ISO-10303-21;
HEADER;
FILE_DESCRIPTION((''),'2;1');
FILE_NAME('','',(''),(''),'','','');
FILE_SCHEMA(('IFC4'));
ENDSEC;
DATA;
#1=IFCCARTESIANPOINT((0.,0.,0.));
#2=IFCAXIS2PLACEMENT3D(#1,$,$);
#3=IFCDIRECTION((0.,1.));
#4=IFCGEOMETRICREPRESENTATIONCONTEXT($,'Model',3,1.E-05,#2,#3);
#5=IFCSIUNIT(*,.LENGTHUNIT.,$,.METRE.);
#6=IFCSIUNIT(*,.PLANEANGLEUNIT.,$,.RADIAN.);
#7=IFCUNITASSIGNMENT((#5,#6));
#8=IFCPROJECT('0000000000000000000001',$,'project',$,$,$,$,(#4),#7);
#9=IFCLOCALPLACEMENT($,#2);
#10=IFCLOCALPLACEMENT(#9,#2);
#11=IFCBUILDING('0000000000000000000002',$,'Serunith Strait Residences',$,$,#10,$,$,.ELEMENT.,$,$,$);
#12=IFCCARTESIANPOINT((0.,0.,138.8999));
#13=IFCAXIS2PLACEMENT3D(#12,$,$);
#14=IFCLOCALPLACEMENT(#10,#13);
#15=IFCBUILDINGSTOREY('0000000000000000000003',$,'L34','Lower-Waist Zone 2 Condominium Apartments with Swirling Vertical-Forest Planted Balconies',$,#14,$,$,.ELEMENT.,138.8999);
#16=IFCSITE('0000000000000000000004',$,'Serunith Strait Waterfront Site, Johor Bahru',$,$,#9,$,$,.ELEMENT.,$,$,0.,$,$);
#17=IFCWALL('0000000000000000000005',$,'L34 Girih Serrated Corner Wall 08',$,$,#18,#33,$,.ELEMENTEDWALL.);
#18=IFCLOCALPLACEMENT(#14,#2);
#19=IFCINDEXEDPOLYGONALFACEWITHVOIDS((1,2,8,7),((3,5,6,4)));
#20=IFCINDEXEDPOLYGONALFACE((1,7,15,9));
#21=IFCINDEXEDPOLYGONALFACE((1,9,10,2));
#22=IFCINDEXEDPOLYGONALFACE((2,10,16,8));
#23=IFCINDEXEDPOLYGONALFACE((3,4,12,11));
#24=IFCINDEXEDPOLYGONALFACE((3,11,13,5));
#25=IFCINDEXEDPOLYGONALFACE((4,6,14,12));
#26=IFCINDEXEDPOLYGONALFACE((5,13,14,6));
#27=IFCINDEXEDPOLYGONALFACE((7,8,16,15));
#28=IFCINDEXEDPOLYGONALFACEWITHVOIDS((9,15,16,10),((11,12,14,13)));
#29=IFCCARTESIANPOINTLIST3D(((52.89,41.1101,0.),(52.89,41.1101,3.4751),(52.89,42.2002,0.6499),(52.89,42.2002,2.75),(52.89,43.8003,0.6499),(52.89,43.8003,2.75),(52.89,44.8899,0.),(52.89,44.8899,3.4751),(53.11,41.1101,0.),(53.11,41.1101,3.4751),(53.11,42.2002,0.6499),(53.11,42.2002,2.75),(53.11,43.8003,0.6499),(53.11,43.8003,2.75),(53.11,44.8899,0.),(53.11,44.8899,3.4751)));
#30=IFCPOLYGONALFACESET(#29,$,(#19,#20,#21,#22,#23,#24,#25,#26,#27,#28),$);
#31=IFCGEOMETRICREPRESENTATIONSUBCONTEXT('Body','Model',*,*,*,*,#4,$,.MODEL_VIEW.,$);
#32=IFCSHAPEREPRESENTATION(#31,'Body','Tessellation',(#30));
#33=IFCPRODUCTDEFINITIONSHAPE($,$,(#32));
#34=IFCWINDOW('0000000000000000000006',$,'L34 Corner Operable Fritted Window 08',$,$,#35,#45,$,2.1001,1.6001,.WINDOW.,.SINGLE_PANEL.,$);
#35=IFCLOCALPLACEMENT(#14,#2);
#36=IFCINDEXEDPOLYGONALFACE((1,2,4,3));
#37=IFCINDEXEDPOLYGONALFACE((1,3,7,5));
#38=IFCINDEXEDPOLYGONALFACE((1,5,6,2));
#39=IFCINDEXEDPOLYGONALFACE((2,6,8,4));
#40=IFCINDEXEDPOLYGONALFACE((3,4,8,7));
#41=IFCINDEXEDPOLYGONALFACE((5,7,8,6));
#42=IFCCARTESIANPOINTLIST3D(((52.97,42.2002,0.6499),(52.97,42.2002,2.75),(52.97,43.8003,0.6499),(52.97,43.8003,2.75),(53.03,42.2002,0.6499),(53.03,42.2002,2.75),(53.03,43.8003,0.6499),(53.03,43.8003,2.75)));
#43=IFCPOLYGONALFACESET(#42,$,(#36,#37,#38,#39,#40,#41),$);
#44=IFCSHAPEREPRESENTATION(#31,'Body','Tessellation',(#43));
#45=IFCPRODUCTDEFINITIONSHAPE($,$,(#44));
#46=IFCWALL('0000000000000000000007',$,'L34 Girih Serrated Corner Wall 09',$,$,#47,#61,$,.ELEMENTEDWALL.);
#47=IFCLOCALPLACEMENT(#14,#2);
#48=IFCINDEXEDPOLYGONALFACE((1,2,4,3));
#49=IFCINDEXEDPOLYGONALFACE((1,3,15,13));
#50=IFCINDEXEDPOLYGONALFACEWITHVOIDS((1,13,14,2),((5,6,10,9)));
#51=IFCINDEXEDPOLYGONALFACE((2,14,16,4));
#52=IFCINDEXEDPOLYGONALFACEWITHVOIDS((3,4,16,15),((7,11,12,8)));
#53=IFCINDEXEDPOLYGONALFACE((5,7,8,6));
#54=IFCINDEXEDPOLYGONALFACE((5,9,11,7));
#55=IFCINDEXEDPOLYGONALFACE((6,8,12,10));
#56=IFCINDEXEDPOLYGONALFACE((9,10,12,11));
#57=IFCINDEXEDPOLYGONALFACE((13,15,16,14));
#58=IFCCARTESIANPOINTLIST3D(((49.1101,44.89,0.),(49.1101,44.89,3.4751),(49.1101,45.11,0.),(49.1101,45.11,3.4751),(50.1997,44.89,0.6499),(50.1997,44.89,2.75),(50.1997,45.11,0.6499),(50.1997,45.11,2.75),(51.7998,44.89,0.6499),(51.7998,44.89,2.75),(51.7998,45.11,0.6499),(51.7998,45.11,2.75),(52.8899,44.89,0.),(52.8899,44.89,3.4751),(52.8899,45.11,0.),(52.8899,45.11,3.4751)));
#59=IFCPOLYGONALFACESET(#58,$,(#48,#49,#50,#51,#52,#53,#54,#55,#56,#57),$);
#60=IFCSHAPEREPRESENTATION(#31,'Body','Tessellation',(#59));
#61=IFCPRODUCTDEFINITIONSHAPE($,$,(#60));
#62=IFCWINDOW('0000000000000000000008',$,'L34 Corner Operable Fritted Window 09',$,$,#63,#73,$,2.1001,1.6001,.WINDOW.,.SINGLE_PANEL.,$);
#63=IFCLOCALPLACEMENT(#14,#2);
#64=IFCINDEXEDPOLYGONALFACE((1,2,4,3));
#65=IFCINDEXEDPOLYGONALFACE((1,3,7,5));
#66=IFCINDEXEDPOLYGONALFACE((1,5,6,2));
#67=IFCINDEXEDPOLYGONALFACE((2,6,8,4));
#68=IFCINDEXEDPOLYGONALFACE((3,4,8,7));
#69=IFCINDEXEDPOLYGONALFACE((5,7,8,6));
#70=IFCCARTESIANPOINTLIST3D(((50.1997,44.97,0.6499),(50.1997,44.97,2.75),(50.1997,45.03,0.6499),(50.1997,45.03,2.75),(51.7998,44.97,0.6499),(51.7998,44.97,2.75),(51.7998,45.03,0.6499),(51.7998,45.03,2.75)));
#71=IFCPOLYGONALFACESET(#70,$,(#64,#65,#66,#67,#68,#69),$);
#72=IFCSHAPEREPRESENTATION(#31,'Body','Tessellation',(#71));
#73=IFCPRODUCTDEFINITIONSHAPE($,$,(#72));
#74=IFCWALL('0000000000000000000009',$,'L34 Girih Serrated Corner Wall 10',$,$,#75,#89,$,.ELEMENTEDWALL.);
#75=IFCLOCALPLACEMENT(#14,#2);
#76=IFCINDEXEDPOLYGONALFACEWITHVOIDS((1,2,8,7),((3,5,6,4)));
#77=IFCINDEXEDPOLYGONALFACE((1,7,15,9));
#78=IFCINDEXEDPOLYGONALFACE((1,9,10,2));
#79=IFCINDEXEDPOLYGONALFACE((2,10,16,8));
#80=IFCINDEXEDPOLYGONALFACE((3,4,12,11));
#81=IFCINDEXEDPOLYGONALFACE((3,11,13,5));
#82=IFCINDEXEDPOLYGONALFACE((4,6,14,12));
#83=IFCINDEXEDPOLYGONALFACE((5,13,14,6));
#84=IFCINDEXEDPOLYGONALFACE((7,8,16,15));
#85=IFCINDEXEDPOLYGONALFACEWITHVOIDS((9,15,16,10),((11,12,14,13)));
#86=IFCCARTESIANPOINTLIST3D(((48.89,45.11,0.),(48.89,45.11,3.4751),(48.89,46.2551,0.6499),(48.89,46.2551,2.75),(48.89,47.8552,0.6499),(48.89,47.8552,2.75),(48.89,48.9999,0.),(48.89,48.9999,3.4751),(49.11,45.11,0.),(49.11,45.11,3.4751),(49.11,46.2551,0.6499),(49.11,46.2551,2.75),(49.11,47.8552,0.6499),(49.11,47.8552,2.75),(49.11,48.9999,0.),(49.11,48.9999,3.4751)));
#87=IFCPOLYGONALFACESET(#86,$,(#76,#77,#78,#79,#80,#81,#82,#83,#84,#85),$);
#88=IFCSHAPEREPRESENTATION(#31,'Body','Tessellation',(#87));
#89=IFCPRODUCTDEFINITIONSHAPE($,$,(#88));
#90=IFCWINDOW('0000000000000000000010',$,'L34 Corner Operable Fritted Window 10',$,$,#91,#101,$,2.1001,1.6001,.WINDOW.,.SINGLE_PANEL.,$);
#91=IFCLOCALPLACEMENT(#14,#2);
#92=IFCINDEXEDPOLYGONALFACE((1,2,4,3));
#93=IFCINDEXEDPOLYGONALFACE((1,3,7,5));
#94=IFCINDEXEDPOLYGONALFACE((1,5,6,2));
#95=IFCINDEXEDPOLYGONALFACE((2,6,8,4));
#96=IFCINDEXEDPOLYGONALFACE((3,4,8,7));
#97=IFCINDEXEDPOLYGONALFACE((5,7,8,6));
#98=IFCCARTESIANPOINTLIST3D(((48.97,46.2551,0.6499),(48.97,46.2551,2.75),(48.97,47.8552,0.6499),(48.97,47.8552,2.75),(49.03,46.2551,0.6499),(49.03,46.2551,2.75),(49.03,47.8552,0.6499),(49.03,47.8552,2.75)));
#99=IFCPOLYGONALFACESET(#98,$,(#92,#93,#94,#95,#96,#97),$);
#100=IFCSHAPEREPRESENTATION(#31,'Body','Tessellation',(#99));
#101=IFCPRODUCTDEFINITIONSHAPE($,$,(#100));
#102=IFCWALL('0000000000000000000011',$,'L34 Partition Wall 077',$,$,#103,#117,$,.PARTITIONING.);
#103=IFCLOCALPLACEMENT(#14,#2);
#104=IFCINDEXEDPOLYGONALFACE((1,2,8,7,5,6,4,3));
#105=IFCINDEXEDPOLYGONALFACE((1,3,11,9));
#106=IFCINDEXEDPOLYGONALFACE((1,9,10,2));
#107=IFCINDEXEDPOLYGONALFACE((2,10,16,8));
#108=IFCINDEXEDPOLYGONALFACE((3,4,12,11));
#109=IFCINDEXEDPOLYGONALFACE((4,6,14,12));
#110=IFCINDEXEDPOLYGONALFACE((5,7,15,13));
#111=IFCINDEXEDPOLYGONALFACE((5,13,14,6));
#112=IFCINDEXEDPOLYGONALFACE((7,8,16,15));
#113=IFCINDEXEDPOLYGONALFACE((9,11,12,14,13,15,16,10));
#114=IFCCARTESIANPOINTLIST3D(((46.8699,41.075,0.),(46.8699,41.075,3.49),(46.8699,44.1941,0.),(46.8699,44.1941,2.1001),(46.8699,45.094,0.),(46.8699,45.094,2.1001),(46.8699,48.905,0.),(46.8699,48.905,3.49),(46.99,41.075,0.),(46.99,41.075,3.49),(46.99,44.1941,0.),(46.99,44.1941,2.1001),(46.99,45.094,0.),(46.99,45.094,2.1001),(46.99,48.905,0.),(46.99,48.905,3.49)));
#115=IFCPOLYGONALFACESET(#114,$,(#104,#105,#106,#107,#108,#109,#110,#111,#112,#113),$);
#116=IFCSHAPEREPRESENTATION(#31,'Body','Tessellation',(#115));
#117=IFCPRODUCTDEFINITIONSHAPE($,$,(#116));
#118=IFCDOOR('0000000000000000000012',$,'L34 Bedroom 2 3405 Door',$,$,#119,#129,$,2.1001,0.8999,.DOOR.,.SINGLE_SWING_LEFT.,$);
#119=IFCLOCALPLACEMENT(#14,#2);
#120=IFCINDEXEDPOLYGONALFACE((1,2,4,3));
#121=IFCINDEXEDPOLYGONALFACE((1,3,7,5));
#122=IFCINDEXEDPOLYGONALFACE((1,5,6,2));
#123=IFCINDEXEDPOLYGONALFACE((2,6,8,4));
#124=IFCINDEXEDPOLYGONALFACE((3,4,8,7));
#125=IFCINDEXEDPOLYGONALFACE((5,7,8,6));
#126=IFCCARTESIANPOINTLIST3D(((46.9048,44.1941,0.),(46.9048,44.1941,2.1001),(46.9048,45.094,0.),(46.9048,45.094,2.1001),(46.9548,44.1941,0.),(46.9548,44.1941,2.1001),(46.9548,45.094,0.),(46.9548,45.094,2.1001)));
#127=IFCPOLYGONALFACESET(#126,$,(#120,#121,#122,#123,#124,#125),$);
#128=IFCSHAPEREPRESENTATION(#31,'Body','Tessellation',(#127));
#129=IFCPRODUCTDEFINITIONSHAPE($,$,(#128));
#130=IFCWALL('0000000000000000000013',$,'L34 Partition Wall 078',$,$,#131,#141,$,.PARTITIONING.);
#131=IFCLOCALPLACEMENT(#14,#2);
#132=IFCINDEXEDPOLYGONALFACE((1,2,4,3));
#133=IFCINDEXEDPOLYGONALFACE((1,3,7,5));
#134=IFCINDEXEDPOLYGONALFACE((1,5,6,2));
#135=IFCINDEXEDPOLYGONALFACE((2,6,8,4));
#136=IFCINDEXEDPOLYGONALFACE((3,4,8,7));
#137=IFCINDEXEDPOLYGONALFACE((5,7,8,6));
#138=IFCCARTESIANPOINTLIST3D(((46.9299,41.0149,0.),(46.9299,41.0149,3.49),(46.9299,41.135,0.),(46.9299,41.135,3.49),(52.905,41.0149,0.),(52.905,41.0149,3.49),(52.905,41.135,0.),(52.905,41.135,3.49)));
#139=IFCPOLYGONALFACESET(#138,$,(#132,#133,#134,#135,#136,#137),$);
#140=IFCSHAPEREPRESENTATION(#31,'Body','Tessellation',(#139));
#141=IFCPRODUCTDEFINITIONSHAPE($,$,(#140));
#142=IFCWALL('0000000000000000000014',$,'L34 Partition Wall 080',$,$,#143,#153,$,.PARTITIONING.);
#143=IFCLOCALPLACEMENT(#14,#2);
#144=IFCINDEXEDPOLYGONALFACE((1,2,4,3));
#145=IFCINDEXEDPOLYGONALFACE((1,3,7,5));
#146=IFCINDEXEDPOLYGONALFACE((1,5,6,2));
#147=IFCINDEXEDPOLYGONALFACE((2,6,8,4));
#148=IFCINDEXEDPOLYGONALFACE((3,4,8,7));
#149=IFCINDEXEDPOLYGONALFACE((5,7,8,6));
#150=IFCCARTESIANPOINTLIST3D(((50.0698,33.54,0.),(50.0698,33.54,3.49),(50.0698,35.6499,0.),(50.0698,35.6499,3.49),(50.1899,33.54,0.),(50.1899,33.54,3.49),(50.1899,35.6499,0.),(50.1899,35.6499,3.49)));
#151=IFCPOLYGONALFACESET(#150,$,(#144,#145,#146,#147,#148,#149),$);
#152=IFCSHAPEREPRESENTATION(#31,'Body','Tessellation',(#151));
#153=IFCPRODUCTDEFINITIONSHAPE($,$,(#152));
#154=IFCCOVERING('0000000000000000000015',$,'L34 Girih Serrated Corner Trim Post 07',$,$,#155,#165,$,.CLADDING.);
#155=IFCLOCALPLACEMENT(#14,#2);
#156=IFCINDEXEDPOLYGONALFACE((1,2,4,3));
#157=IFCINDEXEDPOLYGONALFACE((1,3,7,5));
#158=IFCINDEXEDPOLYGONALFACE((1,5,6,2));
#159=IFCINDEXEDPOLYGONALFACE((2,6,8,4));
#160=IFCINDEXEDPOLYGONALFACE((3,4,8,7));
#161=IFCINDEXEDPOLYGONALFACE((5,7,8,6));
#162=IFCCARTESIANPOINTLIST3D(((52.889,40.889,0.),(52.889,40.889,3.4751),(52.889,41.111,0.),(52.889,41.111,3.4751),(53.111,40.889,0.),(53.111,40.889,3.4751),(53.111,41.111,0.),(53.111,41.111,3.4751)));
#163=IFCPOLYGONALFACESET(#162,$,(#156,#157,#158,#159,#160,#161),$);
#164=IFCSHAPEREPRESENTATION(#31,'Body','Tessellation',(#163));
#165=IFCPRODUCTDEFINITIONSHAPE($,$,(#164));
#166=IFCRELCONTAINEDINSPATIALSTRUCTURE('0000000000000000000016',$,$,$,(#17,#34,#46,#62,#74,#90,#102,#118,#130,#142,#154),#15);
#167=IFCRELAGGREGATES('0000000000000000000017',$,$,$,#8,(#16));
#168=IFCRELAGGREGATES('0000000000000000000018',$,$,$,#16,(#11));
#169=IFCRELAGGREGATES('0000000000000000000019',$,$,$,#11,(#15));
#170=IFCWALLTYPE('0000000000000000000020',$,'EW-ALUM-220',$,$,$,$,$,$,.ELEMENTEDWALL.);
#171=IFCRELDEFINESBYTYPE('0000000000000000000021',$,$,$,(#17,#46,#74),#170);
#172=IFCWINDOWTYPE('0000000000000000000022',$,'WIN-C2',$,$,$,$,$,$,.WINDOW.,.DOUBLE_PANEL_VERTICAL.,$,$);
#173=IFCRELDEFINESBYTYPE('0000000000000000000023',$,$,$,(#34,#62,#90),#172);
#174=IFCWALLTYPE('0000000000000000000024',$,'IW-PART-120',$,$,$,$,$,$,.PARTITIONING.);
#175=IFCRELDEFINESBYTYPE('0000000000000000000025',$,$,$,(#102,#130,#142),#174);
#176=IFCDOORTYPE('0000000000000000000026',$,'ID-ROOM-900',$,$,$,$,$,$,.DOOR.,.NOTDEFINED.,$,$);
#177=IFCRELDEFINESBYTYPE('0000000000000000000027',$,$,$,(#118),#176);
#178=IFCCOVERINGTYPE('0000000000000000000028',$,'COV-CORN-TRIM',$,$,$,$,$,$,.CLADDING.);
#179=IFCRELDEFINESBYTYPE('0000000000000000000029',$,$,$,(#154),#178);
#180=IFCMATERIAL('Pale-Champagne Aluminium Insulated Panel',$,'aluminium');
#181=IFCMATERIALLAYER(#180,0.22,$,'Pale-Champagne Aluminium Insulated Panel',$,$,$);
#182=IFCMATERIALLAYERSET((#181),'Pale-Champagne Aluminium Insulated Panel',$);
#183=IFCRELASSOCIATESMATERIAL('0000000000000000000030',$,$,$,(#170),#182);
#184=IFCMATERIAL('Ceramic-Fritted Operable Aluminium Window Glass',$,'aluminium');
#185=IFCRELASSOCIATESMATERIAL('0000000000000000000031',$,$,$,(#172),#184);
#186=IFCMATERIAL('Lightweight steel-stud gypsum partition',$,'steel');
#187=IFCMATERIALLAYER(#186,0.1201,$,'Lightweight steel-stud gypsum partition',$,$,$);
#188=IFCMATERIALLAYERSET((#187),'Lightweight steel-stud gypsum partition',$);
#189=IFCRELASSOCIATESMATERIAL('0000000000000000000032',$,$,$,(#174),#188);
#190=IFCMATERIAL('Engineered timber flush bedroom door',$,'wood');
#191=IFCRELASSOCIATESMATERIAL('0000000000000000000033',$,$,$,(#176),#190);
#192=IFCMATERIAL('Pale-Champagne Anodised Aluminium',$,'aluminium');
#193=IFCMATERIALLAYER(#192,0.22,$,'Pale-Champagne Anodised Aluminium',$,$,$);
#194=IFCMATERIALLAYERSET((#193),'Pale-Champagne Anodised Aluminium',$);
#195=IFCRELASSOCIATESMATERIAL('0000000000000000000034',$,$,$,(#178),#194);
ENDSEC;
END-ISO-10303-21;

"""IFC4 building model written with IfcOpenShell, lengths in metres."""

from ifc_helpers import new_model, si_unit, direction, frame, frame_2d, origin, origin_2d, place, context, subcontext, project, spatial, rectangle, extrude, source, transform, mapped, material, layer, layer_set, type_object, element, fill, save


model = new_model("IFC4")

# Units and contexts
model_context = context("Model", 3, precision=1e-05, world=origin(), true_north=direction((0.0, 1.0)))
body_context = subcontext(model_context, "Body", "Model", "MODEL_VIEW")
ifc_project = project(units=[si_unit("LENGTHUNIT", "METRE"), si_unit("PLANEANGLEUNIT", "RADIAN")], contexts=[model_context])

# Site, building, storey
site_placement = place(None, origin())
site = spatial("IfcSite", under=ifc_project, at=site_placement, Name="Serunith Strait Waterfront Site, Johor Bahru", CompositionType="ELEMENT", RefElevation=0.0)
building_placement = place(site_placement, origin())
building = spatial("IfcBuilding", under=site, at=building_placement, Name="Serunith Strait Residences", CompositionType="ELEMENT")
storey_placement = place(building_placement, frame((0.0, 0.0, 138.8999)))
storey = spatial("IfcBuildingStorey", under=building, at=storey_placement, Name="L34", Description="Lower-Waist Zone 2 Condominium Apartments with Swirling Vertical-Forest Planted Balconies", CompositionType="ELEMENT", Elevation=138.8999)

# Shared definitions
ifc_material_1 = material(Name="Pale-Champagne Anodised Aluminium", Category="aluminium")

# Walls, openings, windows
ifc_material_2 = material(Name="Pale-Champagne Aluminium Insulated Panel", Category="aluminium")
ifc_layer_1 = layer(ifc_material_2, 0.22, Name="Pale-Champagne Aluminium Insulated Panel")
ifc_layer_set_1 = layer_set([ifc_layer_1], Name="Pale-Champagne Aluminium Insulated Panel")
wall_type_1 = type_object("IfcWallType", Name="EW-ALUM-220", PredefinedType="ELEMENTEDWALL", material=ifc_layer_set_1)
ifc_material_3 = material(Name="Ceramic-Fritted Operable Aluminium Window Glass", Category="aluminium")
window_type = type_object("IfcWindowType", Name="WIN-C2", PartitioningType="DOUBLE_PANEL_VERTICAL", PredefinedType="WINDOW", material=ifc_material_3)
shared_shape_1 = source(origin(), body_context, "Body", "SweptSolid", [
    extrude(rectangle(XDim=1.6001, YDim=2.1001, at=frame_2d((0.8, 1.05))), frame((0.0, 0.03, 0.0), z_axis=(0.0, -1.0, 0.0), x_axis=(1.0, 0.0, 0.0)), (0.0, 0.0, 1.0), 0.0601),
])
wall_1_placement = place(storey_placement, frame((53.0, 41.1101, 0.0), z_axis=(0.0, 0.0, 1.0), x_axis=(0.0, 1.0, 0.0)))
wall_1 = element("IfcWall", 1, at=wall_1_placement, inside=storey, type_object=wall_type_1, Name="L34 Girih Serrated Corner Wall 08", PredefinedType="ELEMENTEDWALL", context=body_context, shape_type="SweptSolid", body=[
    extrude(rectangle(XDim=3.7798, YDim=0.22, at=frame_2d((1.8899, 0.0))), origin(), (0.0, 0.0, 1.0), 3.4751),
])
opening_1_placement = place(wall_1_placement, frame((1.0901, 0.0, 0.6499)))
opening_1 = element("IfcOpeningElement", 2, at=opening_1_placement, cuts=wall_1, PredefinedType="OPENING", context=body_context, shape_type="SweptSolid", body=[
    extrude(rectangle(XDim=1.6001, YDim=2.1001, at=frame_2d((0.8, 1.05))), frame((0.0, 0.1201, 0.0), z_axis=(0.0, -1.0, 0.0), x_axis=(1.0, 0.0, 0.0)), (0.0, 0.0, 1.0), 0.24),
])
window_1_placement = place(opening_1_placement, origin())
window_1 = element("IfcWindow", 3, at=window_1_placement, inside=storey, type_object=window_type, Name="L34 Corner Operable Fritted Window 08", OverallHeight=2.1001, OverallWidth=1.6001, PartitioningType="SINGLE_PANEL", PredefinedType="WINDOW", context=body_context, shape_type="MappedRepresentation", body=[
    mapped(shared_shape_1, transform((0.0, 0.0, 0.0), scale=1.0)),
])
fill(opening_1, window_1)
wall_2_placement = place(storey_placement, frame((52.8899, 45.0, 0.0), z_axis=(0.0, 0.0, 1.0), x_axis=(-1.0, 0.0, 0.0)))
wall_2 = element("IfcWall", 4, at=wall_2_placement, inside=storey, type_object=wall_type_1, Name="L34 Girih Serrated Corner Wall 09", PredefinedType="ELEMENTEDWALL", context=body_context, shape_type="SweptSolid", body=[
    extrude(rectangle(XDim=3.7798, YDim=0.22, at=frame_2d((1.8899, 0.0))), origin(), (0.0, 0.0, 1.0), 3.4751),
])
opening_2_placement = place(wall_2_placement, frame((1.0901, 0.0, 0.6499)))
opening_2 = element("IfcOpeningElement", 5, at=opening_2_placement, cuts=wall_2, PredefinedType="OPENING", context=body_context, shape_type="SweptSolid", body=[
    extrude(rectangle(XDim=1.6001, YDim=2.1001, at=frame_2d((0.8, 1.05))), frame((0.0, 0.1201, 0.0), z_axis=(0.0, -1.0, 0.0), x_axis=(1.0, 0.0, 0.0)), (0.0, 0.0, 1.0), 0.24),
])
window_2_placement = place(opening_2_placement, origin())
window_2 = element("IfcWindow", 6, at=window_2_placement, inside=storey, type_object=window_type, Name="L34 Corner Operable Fritted Window 09", OverallHeight=2.1001, OverallWidth=1.6001, PartitioningType="SINGLE_PANEL", PredefinedType="WINDOW", context=body_context, shape_type="MappedRepresentation", body=[
    mapped(shared_shape_1, transform((0.0, 0.0, 0.0), scale=1.0)),
])
fill(opening_2, window_2)
wall_3_placement = place(storey_placement, frame((49.0, 45.1101, 0.0), z_axis=(0.0, 0.0, 1.0), x_axis=(0.0, 1.0, 0.0)))
wall_3 = element("IfcWall", 7, at=wall_3_placement, inside=storey, type_object=wall_type_1, Name="L34 Girih Serrated Corner Wall 10", PredefinedType="ELEMENTEDWALL", context=body_context, shape_type="SweptSolid", body=[
    extrude(rectangle(XDim=3.8899, YDim=0.22, at=frame_2d((1.9448, 0.0))), origin(), (0.0, 0.0, 1.0), 3.4751),
])
opening_3_placement = place(wall_3_placement, frame((1.145, 0.0, 0.6499)))
opening_3 = element("IfcOpeningElement", 8, at=opening_3_placement, cuts=wall_3, PredefinedType="OPENING", context=body_context, shape_type="SweptSolid", body=[
    extrude(rectangle(XDim=1.6001, YDim=2.1001, at=frame_2d((0.8, 1.05))), frame((0.0, 0.1201, 0.0), z_axis=(0.0, -1.0, 0.0), x_axis=(1.0, 0.0, 0.0)), (0.0, 0.0, 1.0), 0.24),
])
window_3_placement = place(opening_3_placement, origin())
window_3 = element("IfcWindow", 9, at=window_3_placement, inside=storey, type_object=window_type, Name="L34 Corner Operable Fritted Window 10", OverallHeight=2.1001, OverallWidth=1.6001, PartitioningType="SINGLE_PANEL", PredefinedType="WINDOW", context=body_context, shape_type="MappedRepresentation", body=[
    mapped(shared_shape_1, transform((0.0, 0.0, 0.0), scale=1.0)),
])
fill(opening_3, window_3)

# Wall, opening, door
ifc_material_4 = material(Name="Lightweight steel-stud gypsum partition", Category="steel")
ifc_layer_2 = layer(ifc_material_4, 0.1201, Name="Lightweight steel-stud gypsum partition")
ifc_layer_set_2 = layer_set([ifc_layer_2], Name="Lightweight steel-stud gypsum partition")
wall_type_2 = type_object("IfcWallType", Name="IW-PART-120", PredefinedType="PARTITIONING", material=ifc_layer_set_2)
wall_4_placement = place(storey_placement, frame((46.9299, 48.905, 0.0), z_axis=(0.0, 0.0, 1.0), x_axis=(0.0, -1.0, 0.0)))
wall_4 = element("IfcWall", 10, at=wall_4_placement, inside=storey, type_object=wall_type_2, Name="L34 Partition Wall 077", PredefinedType="PARTITIONING", context=body_context, shape_type="SweptSolid", body=[
    extrude(rectangle(XDim=7.8301, YDim=0.1201, at=frame_2d((3.915, 0.0))), origin(), (0.0, 0.0, 1.0), 3.49),
])
opening_4_placement = place(wall_4_placement, frame((3.811, 0.0, 0.0)))
opening_4 = element("IfcOpeningElement", 11, at=opening_4_placement, cuts=wall_4, PredefinedType="OPENING", context=body_context, shape_type="SweptSolid", body=[
    extrude(rectangle(XDim=0.8999, YDim=2.1001, at=frame_2d((0.45, 1.05))), frame((0.0, 0.0701, 0.0), z_axis=(0.0, -1.0, 0.0), x_axis=(1.0, 0.0, 0.0)), (0.0, 0.0, 1.0), 0.1401),
])
ifc_material_5 = material(Name="Engineered timber flush bedroom door", Category="wood")
door_type = type_object("IfcDoorType", Name="ID-ROOM-900", OperationType="NOTDEFINED", PredefinedType="DOOR", material=ifc_material_5)
shared_shape_2 = source(origin(), body_context, "Body", "SweptSolid", [
    extrude(rectangle(XDim=0.8999, YDim=2.1001, at=frame_2d((0.45, 1.05))), frame((0.0, 0.0249, 0.0), z_axis=(0.0, -1.0, 0.0), x_axis=(1.0, 0.0, 0.0)), (0.0, 0.0, 1.0), 0.05),
])
door_placement = place(opening_4_placement, origin())
door = element("IfcDoor", 12, at=door_placement, inside=storey, type_object=door_type, Name="L34 Bedroom 2 3405 Door", OperationType="SINGLE_SWING_LEFT", OverallHeight=2.1001, OverallWidth=0.8999, PredefinedType="DOOR", context=body_context, shape_type="MappedRepresentation", body=[
    mapped(shared_shape_2, transform((0.0, 0.0, 0.0), scale=1.0)),
])
fill(opening_4, door)

# Walls
wall_5_placement = place(storey_placement, frame((46.9299, 41.075, 0.0), z_axis=(0.0, 0.0, 1.0), x_axis=(1.0, 0.0, 0.0)))
element("IfcWall", 13, at=wall_5_placement, inside=storey, type_object=wall_type_2, Name="L34 Partition Wall 078", PredefinedType="PARTITIONING", context=body_context, shape_type="SweptSolid", body=[
    extrude(rectangle(XDim=5.9751, YDim=0.1201, at=frame_2d((2.9875, 0.0))), origin(), (0.0, 0.0, 1.0), 3.49),
])
wall_6_placement = place(storey_placement, frame((50.1299, 35.6499, 0.0), z_axis=(0.0, 0.0, 1.0), x_axis=(0.0, -1.0, 0.0)))
element("IfcWall", 14, at=wall_6_placement, inside=storey, type_object=wall_type_2, Name="L34 Partition Wall 080", PredefinedType="PARTITIONING", context=body_context, shape_type="SweptSolid", body=[
    extrude(rectangle(XDim=2.1099, YDim=0.1201, at=frame_2d((1.0549, 0.0))), origin(), (0.0, 0.0, 1.0), 3.49),
])

# Covering
ifc_layer_3 = layer(ifc_material_1, 0.22, Name="Pale-Champagne Anodised Aluminium")
ifc_layer_set_3 = layer_set([ifc_layer_3], Name="Pale-Champagne Anodised Aluminium")
covering_type = type_object("IfcCoveringType", Name="COV-CORN-TRIM", PredefinedType="CLADDING", material=ifc_layer_set_3)
shared_shape_3 = source(origin(), body_context, "Body", "SweptSolid", [
    extrude(rectangle(XDim=0.2219, YDim=0.2219, at=origin_2d()), origin(), (0.0, 0.0, 1.0), 3.4751),
])
for number, where, z_axis, x_axis, name in (
    (15, (53.0, 41.0, 0.0), (0.0, 0.0, 1.0), (1.0, 0.0, 0.0), "L34 Girih Serrated Corner Trim Post 07"),
):
    element("IfcCovering", number, at=place(storey_placement, frame(where, z_axis=z_axis, x_axis=x_axis)), inside=storey, type_object=covering_type, Name=name, PredefinedType="CLADDING", context=body_context, shape_type="MappedRepresentation", body=[
        mapped(shared_shape_3, transform((0.0, 0.0, 0.0), scale=1.0)),
    ])

save(model, "model.ifc")
